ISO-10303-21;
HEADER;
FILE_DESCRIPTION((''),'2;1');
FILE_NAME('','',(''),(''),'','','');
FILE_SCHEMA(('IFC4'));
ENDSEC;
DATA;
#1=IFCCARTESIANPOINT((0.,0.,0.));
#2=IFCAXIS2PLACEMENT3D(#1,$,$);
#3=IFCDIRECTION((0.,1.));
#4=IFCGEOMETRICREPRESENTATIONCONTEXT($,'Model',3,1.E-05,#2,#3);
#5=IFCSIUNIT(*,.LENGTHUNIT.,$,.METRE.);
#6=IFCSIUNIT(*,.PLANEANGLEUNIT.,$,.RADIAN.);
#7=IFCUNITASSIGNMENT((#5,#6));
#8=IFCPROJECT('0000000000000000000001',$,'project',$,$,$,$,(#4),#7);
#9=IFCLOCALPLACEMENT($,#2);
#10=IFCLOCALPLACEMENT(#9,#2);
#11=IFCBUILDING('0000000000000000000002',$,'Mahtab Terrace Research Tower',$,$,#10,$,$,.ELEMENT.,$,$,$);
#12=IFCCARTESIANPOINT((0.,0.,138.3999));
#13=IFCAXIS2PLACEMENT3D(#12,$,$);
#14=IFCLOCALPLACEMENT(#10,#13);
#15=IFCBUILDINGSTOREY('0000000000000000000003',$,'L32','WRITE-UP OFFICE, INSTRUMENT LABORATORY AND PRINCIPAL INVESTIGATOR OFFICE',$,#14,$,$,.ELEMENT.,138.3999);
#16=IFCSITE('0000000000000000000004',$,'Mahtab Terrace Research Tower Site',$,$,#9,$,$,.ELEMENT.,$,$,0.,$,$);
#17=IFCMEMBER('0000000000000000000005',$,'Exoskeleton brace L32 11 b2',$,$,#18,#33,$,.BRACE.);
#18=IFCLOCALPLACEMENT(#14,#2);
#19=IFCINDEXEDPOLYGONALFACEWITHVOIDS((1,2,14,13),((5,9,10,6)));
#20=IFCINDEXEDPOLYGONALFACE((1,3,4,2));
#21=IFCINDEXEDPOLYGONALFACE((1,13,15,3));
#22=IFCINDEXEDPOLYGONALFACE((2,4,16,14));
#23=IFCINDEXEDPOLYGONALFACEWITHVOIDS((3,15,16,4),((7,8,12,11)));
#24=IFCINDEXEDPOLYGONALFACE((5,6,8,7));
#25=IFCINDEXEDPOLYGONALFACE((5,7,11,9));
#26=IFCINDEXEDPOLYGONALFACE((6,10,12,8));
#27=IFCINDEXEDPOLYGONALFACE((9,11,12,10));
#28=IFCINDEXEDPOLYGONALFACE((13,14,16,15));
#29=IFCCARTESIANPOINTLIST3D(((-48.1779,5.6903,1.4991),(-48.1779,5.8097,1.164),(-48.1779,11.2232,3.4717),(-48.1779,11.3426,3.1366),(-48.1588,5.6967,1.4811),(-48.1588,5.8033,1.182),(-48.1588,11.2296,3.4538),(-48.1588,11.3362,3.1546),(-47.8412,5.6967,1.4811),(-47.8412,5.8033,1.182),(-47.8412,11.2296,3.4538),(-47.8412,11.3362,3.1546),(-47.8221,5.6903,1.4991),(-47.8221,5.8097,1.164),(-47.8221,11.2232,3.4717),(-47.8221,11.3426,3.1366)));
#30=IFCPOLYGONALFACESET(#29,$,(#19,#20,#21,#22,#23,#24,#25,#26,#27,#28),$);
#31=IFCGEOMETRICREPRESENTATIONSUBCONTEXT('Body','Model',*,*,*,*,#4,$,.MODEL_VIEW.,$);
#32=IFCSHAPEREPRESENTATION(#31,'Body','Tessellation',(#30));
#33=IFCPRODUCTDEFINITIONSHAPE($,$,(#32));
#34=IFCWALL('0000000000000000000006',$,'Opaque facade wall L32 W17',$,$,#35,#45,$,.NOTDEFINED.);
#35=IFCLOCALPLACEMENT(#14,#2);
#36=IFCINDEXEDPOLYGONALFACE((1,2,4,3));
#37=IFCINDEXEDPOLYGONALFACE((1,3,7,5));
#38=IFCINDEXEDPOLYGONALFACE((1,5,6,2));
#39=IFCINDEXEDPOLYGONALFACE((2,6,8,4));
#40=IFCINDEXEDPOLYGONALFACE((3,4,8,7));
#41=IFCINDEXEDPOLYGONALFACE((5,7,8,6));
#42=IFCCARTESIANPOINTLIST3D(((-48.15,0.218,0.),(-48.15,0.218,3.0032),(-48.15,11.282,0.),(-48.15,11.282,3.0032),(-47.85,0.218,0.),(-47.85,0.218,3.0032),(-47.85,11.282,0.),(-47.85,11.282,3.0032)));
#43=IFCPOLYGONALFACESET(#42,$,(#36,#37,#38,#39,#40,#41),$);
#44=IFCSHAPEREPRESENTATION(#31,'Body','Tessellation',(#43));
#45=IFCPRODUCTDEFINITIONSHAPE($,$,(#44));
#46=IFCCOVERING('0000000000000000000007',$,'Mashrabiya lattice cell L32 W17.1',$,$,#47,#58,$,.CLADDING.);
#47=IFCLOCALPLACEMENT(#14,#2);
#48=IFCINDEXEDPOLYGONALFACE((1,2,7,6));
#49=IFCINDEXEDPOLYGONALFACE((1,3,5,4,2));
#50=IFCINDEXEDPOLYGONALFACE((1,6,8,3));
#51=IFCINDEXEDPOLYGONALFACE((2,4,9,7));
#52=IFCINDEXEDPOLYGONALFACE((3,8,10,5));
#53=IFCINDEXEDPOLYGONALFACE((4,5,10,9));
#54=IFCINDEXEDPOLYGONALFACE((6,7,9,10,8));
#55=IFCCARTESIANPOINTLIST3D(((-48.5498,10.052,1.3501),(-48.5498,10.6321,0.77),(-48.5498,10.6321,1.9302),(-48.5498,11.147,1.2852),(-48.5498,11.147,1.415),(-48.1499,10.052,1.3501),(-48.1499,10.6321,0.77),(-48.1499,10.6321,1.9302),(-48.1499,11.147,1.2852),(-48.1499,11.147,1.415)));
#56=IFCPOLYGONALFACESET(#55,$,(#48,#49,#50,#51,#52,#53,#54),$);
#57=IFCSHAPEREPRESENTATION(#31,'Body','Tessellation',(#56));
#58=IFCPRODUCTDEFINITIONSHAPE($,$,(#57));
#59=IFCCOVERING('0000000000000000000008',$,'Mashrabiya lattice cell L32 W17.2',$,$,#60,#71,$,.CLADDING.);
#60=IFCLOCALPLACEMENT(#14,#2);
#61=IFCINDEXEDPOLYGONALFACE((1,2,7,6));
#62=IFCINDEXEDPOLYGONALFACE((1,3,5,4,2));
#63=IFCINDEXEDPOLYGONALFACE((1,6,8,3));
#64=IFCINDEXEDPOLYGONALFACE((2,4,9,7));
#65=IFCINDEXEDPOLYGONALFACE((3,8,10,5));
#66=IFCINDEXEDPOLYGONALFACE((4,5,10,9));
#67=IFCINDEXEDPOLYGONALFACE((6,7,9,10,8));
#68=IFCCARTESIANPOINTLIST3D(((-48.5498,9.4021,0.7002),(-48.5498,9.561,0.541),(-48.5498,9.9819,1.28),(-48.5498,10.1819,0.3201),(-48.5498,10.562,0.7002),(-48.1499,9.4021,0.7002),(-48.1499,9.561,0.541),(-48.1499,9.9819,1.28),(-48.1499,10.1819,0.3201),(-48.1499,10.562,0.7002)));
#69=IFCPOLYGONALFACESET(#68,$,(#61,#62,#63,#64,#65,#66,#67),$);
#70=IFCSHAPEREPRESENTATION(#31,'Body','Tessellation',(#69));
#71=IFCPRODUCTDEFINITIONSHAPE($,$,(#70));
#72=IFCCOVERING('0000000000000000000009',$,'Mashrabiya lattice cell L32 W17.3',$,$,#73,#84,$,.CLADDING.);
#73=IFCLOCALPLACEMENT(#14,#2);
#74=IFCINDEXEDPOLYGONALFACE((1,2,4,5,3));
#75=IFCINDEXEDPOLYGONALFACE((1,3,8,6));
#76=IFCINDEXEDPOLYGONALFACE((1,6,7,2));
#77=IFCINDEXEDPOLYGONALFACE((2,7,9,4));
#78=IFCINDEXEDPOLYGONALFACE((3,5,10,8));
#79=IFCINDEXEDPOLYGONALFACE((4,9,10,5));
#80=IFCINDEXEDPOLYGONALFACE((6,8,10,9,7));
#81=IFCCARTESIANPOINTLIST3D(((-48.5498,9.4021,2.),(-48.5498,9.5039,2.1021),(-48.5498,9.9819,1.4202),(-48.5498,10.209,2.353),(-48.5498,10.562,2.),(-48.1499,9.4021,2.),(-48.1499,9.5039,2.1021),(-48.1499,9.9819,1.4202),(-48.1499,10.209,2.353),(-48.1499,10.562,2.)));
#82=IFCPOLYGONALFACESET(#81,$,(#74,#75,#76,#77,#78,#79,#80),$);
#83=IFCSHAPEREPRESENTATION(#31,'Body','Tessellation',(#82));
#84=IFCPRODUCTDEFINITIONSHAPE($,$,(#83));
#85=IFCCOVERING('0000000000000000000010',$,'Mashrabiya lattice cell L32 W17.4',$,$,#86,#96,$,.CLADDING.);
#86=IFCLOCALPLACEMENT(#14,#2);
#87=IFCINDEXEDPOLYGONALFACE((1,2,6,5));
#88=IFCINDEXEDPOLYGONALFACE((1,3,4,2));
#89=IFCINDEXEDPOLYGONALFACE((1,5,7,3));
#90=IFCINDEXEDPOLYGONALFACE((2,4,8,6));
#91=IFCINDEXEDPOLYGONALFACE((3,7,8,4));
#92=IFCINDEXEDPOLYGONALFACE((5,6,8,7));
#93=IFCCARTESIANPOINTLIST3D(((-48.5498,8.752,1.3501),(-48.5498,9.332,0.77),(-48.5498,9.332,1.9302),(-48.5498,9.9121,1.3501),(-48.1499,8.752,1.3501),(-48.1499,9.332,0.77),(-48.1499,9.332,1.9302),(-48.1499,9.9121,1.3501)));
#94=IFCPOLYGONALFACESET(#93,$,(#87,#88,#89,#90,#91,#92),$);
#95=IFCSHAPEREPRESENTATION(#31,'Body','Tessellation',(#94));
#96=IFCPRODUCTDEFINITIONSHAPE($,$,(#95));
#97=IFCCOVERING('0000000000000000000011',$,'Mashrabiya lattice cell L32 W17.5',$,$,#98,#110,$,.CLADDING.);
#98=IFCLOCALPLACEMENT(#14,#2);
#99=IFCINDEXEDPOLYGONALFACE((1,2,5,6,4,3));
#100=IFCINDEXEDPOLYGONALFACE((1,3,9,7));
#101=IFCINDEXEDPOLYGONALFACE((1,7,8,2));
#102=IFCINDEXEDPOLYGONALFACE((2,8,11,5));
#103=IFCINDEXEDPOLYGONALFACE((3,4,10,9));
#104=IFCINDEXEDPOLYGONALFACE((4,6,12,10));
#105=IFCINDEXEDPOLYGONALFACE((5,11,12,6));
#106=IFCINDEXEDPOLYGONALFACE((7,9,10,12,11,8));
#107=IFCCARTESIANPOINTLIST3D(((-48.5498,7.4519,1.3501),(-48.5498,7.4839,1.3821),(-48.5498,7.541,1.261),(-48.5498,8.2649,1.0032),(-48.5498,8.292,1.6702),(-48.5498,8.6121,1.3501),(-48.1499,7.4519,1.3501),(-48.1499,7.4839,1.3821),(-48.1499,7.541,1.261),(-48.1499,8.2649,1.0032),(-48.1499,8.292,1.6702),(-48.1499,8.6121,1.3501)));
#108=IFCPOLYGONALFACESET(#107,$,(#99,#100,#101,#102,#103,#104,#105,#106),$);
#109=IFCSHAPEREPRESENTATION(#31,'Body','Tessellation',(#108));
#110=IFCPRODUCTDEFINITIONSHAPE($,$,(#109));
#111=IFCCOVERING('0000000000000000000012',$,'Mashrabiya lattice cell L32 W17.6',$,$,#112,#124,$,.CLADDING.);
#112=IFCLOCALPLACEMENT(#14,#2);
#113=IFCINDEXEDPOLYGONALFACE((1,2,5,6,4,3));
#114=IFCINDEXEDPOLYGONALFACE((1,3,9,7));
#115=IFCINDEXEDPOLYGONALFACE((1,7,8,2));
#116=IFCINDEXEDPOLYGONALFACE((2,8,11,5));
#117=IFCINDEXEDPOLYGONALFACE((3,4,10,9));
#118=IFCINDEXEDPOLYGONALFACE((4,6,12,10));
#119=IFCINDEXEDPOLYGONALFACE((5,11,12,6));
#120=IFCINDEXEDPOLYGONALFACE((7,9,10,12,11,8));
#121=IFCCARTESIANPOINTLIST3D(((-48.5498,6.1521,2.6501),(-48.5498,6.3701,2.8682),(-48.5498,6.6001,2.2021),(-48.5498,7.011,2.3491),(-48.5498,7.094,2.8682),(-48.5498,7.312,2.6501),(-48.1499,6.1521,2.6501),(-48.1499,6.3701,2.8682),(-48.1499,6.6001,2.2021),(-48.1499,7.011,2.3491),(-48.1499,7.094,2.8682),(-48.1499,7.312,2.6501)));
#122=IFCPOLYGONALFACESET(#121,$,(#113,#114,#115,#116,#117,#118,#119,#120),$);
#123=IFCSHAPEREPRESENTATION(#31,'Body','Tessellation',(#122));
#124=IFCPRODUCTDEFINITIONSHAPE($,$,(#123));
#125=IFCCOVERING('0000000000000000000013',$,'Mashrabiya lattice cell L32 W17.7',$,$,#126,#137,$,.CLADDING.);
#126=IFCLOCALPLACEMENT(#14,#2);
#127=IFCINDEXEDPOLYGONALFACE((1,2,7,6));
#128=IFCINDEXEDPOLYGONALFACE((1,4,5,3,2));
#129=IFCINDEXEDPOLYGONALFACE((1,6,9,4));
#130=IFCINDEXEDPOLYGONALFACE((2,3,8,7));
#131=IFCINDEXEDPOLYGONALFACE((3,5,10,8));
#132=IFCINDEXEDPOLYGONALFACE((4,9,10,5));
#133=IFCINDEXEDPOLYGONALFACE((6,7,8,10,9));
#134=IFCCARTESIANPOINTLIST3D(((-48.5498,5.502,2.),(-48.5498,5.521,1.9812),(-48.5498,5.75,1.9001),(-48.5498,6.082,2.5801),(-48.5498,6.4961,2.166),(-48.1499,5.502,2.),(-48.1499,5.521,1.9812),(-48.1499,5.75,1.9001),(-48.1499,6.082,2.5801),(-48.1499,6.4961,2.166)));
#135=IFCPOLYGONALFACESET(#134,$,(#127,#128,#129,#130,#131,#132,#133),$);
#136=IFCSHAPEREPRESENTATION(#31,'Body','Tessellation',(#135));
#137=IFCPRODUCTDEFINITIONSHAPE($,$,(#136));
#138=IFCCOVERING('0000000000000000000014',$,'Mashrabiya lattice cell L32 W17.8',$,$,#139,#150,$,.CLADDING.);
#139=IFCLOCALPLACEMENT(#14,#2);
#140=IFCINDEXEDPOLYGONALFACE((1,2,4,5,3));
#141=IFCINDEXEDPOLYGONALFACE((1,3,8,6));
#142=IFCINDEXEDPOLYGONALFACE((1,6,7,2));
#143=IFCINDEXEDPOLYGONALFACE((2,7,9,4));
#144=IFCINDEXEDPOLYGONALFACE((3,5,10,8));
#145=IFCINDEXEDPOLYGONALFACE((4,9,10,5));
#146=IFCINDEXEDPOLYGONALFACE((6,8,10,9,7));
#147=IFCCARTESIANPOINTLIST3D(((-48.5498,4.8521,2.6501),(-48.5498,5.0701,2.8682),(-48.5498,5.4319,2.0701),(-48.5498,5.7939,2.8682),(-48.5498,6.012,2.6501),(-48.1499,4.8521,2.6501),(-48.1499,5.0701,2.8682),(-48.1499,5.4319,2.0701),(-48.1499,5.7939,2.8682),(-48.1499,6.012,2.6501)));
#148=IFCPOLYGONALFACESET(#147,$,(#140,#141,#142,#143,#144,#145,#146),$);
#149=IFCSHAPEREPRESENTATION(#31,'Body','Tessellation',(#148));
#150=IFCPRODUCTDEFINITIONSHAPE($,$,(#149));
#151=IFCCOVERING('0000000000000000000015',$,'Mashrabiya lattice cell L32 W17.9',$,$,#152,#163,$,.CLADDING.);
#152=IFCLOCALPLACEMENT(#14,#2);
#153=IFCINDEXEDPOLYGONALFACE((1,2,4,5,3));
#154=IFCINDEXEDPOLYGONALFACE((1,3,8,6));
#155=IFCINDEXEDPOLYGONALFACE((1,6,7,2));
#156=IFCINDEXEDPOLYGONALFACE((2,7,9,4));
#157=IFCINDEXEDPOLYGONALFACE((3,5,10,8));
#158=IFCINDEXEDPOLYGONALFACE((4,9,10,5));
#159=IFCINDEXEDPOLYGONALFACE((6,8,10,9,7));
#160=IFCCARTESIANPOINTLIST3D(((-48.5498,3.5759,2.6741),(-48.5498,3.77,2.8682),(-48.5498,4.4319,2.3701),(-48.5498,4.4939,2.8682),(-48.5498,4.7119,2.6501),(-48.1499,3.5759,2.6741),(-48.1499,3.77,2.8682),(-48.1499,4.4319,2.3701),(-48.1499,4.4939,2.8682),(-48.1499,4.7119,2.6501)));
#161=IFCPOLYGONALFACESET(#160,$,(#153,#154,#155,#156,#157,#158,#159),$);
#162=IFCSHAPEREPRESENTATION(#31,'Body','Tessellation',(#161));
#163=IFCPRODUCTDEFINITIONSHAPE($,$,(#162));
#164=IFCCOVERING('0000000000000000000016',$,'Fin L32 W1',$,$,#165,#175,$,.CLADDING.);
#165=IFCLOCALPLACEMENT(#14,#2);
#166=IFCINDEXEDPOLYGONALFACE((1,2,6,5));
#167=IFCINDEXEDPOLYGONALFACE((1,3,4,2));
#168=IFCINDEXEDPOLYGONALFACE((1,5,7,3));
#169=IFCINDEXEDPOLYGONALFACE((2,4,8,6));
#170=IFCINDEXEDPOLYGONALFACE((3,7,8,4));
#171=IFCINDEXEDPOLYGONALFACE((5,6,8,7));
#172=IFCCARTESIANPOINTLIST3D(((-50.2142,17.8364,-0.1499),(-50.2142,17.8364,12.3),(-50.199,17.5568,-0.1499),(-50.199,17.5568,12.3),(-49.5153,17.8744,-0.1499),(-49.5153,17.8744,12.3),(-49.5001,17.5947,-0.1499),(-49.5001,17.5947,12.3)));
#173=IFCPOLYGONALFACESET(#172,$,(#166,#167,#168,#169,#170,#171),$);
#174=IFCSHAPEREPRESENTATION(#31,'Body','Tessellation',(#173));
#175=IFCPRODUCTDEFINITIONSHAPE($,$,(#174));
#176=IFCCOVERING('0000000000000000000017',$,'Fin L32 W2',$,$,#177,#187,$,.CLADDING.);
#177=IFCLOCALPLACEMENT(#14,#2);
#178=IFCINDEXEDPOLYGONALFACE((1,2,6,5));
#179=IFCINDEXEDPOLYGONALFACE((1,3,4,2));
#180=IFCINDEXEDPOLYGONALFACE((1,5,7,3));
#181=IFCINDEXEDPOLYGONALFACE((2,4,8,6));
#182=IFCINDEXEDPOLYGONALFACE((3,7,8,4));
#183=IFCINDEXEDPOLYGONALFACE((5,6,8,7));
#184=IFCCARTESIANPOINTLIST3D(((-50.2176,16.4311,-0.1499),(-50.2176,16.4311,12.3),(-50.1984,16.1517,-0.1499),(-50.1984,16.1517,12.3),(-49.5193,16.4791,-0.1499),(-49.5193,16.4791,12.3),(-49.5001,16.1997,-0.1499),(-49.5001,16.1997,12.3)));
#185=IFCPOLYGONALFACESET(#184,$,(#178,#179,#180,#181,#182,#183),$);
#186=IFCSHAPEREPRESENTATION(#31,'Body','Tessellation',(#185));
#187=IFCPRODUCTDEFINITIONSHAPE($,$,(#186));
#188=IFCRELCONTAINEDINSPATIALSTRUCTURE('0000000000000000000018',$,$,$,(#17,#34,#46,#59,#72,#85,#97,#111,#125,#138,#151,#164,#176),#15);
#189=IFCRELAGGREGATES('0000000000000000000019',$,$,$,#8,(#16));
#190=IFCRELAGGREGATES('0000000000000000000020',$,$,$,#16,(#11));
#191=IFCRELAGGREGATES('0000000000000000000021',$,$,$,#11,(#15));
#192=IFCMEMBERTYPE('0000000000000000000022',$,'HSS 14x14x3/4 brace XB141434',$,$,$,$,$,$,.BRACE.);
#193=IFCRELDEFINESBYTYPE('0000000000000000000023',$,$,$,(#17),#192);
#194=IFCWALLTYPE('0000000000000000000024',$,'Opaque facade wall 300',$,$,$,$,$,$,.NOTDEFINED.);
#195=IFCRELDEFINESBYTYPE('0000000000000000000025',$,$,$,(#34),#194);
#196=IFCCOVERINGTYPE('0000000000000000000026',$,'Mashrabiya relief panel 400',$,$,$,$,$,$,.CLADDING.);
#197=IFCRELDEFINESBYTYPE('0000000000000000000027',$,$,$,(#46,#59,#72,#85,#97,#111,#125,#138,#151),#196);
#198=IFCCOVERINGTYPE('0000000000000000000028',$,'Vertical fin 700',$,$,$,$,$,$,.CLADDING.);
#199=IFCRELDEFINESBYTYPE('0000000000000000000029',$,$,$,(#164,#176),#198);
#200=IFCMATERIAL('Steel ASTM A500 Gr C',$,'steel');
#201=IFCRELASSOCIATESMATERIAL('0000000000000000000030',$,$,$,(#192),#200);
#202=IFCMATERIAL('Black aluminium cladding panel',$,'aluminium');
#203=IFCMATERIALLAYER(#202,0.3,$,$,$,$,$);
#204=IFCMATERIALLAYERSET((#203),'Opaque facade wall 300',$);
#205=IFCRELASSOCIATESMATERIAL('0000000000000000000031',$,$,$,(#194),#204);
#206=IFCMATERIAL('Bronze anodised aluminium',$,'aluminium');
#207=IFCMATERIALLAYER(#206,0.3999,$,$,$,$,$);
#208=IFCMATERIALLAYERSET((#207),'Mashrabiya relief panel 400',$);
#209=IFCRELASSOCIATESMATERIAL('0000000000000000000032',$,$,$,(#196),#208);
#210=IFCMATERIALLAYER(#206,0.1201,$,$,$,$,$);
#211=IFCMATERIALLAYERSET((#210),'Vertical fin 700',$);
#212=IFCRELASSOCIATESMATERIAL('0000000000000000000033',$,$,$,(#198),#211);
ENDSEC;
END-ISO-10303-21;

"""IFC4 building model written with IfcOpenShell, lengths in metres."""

from ifc_helpers import new_model, si_unit, direction, frame, frame_2d, origin, origin_2d, place, context, subcontext, project, spatial, polyline, rectangle, hollow_rectangle, outline, extrude, material, layer, layer_set, material_profile, profile_set, type_object, element, save


model = new_model("IFC4")

# Units and contexts
model_context = context("Model", 3, precision=1e-05, world=origin(), true_north=direction((0.0, 1.0)))
body_context = subcontext(model_context, "Body", "Model", "MODEL_VIEW")
ifc_project = project(units=[si_unit("LENGTHUNIT", "METRE"), si_unit("PLANEANGLEUNIT", "RADIAN")], contexts=[model_context])

# Site, building, storey
site_placement = place(None, origin())
site = spatial("IfcSite", under=ifc_project, at=site_placement, Name="Mahtab Terrace Research Tower Site", CompositionType="ELEMENT", RefElevation=0.0)
building_placement = place(site_placement, origin())
building = spatial("IfcBuilding", under=site, at=building_placement, Name="Mahtab Terrace Research Tower", CompositionType="ELEMENT")
storey_placement = place(building_placement, frame((0.0, 0.0, 138.3999)))
storey = spatial("IfcBuildingStorey", under=building, at=storey_placement, Name="L32", Description="WRITE-UP OFFICE, INSTRUMENT LABORATORY AND PRINCIPAL INVESTIGATOR OFFICE", CompositionType="ELEMENT", Elevation=138.3999)

# Member
ifc_material_1 = material(Name="Steel ASTM A500 Gr C", Category="steel")
ifc_material_profile = material_profile(ifc_material_1, hollow_rectangle(XDim=0.3557, YDim=0.3557, WallThickness=0.019, at=origin_2d()), Name="HSS14X14X3/4")
ifc_profile_set = profile_set([ifc_material_profile], Name="Steel ASTM A500 Gr C")
member_type = type_object("IfcMemberType", Name="HSS 14x14x3/4 brace XB141434", PredefinedType="BRACE", material=ifc_profile_set)
member_placement = place(storey_placement, frame((-48.0, 5.75, 1.3315), z_axis=(0.0, 0.941925, 0.335823), x_axis=(-1.0, 0.0, 0.0)))
element("IfcMember", 1, at=member_placement, inside=storey, type_object=member_type, Name="Exoskeleton brace L32 11 b2", PredefinedType="BRACE", context=body_context, shape_type="SweptSolid", body=[
    extrude(hollow_rectangle(XDim=0.3557, YDim=0.3557, WallThickness=0.019, at=origin_2d()), origin(), (0.0, 0.0, 1.0), 5.874),
])

# Wall
ifc_material_2 = material(Name="Black aluminium cladding panel", Category="aluminium")
ifc_layer_1 = layer(ifc_material_2, 0.3)
ifc_layer_set_1 = layer_set([ifc_layer_1], Name="Opaque facade wall 300")
wall_type = type_object("IfcWallType", Name="Opaque facade wall 300", PredefinedType="NOTDEFINED", material=ifc_layer_set_1)
wall_placement = place(storey_placement, frame((-48.0, 11.282, 0.0), z_axis=(0.0, 0.0, 1.0), x_axis=(0.0, -1.0, 0.0)))
element("IfcWall", 2, at=wall_placement, inside=storey, type_object=wall_type, Name="Opaque facade wall L32 W17", PredefinedType="NOTDEFINED", context=body_context, shape_type="SweptSolid", body=[
    extrude(rectangle(XDim=11.064, YDim=0.3, at=frame_2d((5.532, 0.0))), origin(), (0.0, 0.0, 1.0), 3.0032),
])

# Coverings
ifc_material_3 = material(Name="Bronze anodised aluminium", Category="aluminium")
ifc_layer_2 = layer(ifc_material_3, 0.3999)
ifc_layer_set_2 = layer_set([ifc_layer_2], Name="Mashrabiya relief panel 400")
covering_type_1 = type_object("IfcCoveringType", Name="Mashrabiya relief panel 400", PredefinedType="CLADDING", material=ifc_layer_set_2)
covering_1_placement = place(storey_placement, frame((-48.1499, 10.6321, 1.9302), z_axis=(1.0, 0.0, 0.0), x_axis=(0.0, -0.707107, -0.707107)))
element("IfcCovering", 3, at=covering_1_placement, inside=storey, type_object=covering_type_1, Name="Mashrabiya lattice cell L32 W17.1", PredefinedType="CLADDING", context=body_context, shape_type="SweptSolid", body=[
    extrude(outline(polyline([(0.0, 0.0), (0.8204, 0.0), (0.8204, 0.8204), (0.092, 0.8202), (0.0002, 0.7283), (0.0, 0.0)])), origin(), (0.0, 0.0, -1.0), 0.3999),
])
covering_2_placement = place(storey_placement, frame((-48.1499, 10.562, 0.7002), z_axis=(1.0, 0.0, 0.0), x_axis=(0.0, -0.707256, 0.706958)))
element("IfcCovering", 4, at=covering_2_placement, inside=storey, type_object=covering_type_1, Name="Mashrabiya lattice cell L32 W17.2", PredefinedType="CLADDING", context=body_context, shape_type="SweptSolid", body=[
    extrude(outline(polyline([(0.0, 0.0), (0.8202, 0.0), (0.8204, 0.82), (0.5954, 0.8202), (0.0001, 0.5376), (0.0, 0.0)])), origin(), (0.0, 0.0, -1.0), 0.3999),
])
covering_3_placement = place(storey_placement, frame((-48.1499, 9.4021, 2.0), z_axis=(1.0, 0.0, 0.0), x_axis=(0.0, 0.707107, -0.707107)))
element("IfcCovering", 5, at=covering_3_placement, inside=storey, type_object=covering_type_1, Name="Mashrabiya lattice cell L32 W17.3", PredefinedType="CLADDING", context=body_context, shape_type="SweptSolid", body=[
    extrude(outline(polyline([(0.0, 0.0), (0.82, 0.0), (0.8202, 0.8202), (0.3209, 0.8202), (-0.0002, 0.1441), (0.0, 0.0)])), origin(), (0.0, 0.0, -1.0), 0.3999),
])
covering_4_placement = place(storey_placement, frame((-48.1499, 9.332, 1.9302), z_axis=(1.0, 0.0, 0.0), x_axis=(0.0, -0.707107, -0.707107)))
element("IfcCovering", 6, at=covering_4_placement, inside=storey, type_object=covering_type_1, Name="Mashrabiya lattice cell L32 W17.4", PredefinedType="CLADDING", context=body_context, shape_type="SweptSolid", body=[
    extrude(outline(polyline([(0.0, 0.0), (0.8204, 0.0), (0.8204, 0.8204), (0.0, 0.8204), (0.0, 0.0)])), origin(), (0.0, 0.0, -1.0), 0.3999),
])
covering_5_placement = place(storey_placement, frame((-48.1499, 8.6121, 1.3501), z_axis=(1.0, 0.0, 0.0), x_axis=(0.0, -0.707107, 0.707107)))
element("IfcCovering", 7, at=covering_5_placement, inside=storey, type_object=covering_type_1, Name="Mashrabiya lattice cell L32 W17.5", PredefinedType="CLADDING", context=body_context, shape_type="SweptSolid", body=[
    extrude(outline(polyline([(0.0, 0.0), (0.4526, 0.0), (0.8204, 0.7751), (0.8204, 0.8204), (0.6943, 0.8204), (0.0002, 0.4908), (0.0, 0.0)])), origin(), (0.0, 0.0, -1.0), 0.3999),
])
covering_6_placement = place(storey_placement, frame((-48.1499, 7.312, 2.6501), z_axis=(1.0, 0.0, 0.0), x_axis=(0.0, -0.707107, 0.707107)))
element("IfcCovering", 8, at=covering_6_placement, inside=storey, type_object=covering_type_1, Name="Mashrabiya lattice cell L32 W17.6", PredefinedType="CLADDING", context=body_context, shape_type="SweptSolid", body=[
    extrude(outline(polyline([(0.0, 0.0), (0.3083, 0.0), (0.8202, 0.5119), (0.8202, 0.8202), (0.1866, 0.8202), (0.0, 0.4257), (0.0, 0.0)])), origin(), (0.0, 0.0, -1.0), 0.3999),
])
covering_7_placement = place(storey_placement, frame((-48.1499, 6.082, 2.5801), z_axis=(1.0, 0.0, 0.0), x_axis=(0.0, -0.707107, -0.707107)))
element("IfcCovering", 9, at=covering_7_placement, inside=storey, type_object=covering_type_1, Name="Mashrabiya lattice cell L32 W17.7", PredefinedType="CLADDING", context=body_context, shape_type="SweptSolid", body=[
    extrude(outline(polyline([(0.0, 0.0), (0.8204, 0.0), (0.8202, 0.0268), (0.7156, 0.246), (0.0, 0.5856), (0.0, 0.0)])), origin(), (0.0, 0.0, -1.0), 0.3999),
])
covering_8_placement = place(storey_placement, frame((-48.1499, 4.8521, 2.6501), z_axis=(1.0, 0.0, 0.0), x_axis=(0.0, 0.706958, -0.707256)))
element("IfcCovering", 10, at=covering_8_placement, inside=storey, type_object=covering_type_1, Name="Mashrabiya lattice cell L32 W17.8", PredefinedType="CLADDING", context=body_context, shape_type="SweptSolid", body=[
    extrude(outline(polyline([(0.0, 0.0), (0.8202, 0.0), (0.82, 0.8204), (0.5117, 0.8203), (-0.0001, 0.3083), (0.0, 0.0)])), origin(), (0.0, 0.0, -1.0), 0.3999),
])
covering_9_placement = place(storey_placement, frame((-48.1499, 4.7119, 2.6501), z_axis=(1.0, 0.0, 0.0), x_axis=(0.0, -0.707107, 0.707107)))
element("IfcCovering", 11, at=covering_9_placement, inside=storey, type_object=covering_type_1, Name="Mashrabiya lattice cell L32 W17.9", PredefinedType="CLADDING", context=body_context, shape_type="SweptSolid", body=[
    extrude(outline(polyline([(0.0, 0.0), (0.3083, 0.0), (0.8202, 0.5119), (0.8202, 0.7863), (0.0, 0.396), (0.0, 0.0)])), origin(), (0.0, 0.0, -1.0), 0.3999),
])
ifc_layer_3 = layer(ifc_material_3, 0.1201)
ifc_layer_set_3 = layer_set([ifc_layer_3], Name="Vertical fin 700")
covering_type_2 = type_object("IfcCoveringType", Name="Vertical fin 700", PredefinedType="CLADDING", material=ifc_layer_set_3)
for number, where, z_axis, x_axis, name in (
    (12, (-49.8572, 17.7156, -0.1499), (0.0, 0.0, 1.0), (0.054227, -0.998529, 0.0), "Fin L32 W1"),
    (13, (-49.8589, 16.3154, -0.1499), (0.0, 0.0, 1.0), (0.068574, -0.997646, 0.0), "Fin L32 W2"),
):
    element("IfcCovering", number, at=place(storey_placement, frame(where, z_axis=z_axis, x_axis=x_axis)), inside=storey, type_object=covering_type_2, Name=name, PredefinedType="CLADDING", context=body_context, shape_type="SweptSolid", body=[
        extrude(rectangle(XDim=0.28, YDim=0.7, at=origin_2d()), origin(), (0.0, 0.0, 1.0), 12.45),
    ])

save(model, "model.ifc")
